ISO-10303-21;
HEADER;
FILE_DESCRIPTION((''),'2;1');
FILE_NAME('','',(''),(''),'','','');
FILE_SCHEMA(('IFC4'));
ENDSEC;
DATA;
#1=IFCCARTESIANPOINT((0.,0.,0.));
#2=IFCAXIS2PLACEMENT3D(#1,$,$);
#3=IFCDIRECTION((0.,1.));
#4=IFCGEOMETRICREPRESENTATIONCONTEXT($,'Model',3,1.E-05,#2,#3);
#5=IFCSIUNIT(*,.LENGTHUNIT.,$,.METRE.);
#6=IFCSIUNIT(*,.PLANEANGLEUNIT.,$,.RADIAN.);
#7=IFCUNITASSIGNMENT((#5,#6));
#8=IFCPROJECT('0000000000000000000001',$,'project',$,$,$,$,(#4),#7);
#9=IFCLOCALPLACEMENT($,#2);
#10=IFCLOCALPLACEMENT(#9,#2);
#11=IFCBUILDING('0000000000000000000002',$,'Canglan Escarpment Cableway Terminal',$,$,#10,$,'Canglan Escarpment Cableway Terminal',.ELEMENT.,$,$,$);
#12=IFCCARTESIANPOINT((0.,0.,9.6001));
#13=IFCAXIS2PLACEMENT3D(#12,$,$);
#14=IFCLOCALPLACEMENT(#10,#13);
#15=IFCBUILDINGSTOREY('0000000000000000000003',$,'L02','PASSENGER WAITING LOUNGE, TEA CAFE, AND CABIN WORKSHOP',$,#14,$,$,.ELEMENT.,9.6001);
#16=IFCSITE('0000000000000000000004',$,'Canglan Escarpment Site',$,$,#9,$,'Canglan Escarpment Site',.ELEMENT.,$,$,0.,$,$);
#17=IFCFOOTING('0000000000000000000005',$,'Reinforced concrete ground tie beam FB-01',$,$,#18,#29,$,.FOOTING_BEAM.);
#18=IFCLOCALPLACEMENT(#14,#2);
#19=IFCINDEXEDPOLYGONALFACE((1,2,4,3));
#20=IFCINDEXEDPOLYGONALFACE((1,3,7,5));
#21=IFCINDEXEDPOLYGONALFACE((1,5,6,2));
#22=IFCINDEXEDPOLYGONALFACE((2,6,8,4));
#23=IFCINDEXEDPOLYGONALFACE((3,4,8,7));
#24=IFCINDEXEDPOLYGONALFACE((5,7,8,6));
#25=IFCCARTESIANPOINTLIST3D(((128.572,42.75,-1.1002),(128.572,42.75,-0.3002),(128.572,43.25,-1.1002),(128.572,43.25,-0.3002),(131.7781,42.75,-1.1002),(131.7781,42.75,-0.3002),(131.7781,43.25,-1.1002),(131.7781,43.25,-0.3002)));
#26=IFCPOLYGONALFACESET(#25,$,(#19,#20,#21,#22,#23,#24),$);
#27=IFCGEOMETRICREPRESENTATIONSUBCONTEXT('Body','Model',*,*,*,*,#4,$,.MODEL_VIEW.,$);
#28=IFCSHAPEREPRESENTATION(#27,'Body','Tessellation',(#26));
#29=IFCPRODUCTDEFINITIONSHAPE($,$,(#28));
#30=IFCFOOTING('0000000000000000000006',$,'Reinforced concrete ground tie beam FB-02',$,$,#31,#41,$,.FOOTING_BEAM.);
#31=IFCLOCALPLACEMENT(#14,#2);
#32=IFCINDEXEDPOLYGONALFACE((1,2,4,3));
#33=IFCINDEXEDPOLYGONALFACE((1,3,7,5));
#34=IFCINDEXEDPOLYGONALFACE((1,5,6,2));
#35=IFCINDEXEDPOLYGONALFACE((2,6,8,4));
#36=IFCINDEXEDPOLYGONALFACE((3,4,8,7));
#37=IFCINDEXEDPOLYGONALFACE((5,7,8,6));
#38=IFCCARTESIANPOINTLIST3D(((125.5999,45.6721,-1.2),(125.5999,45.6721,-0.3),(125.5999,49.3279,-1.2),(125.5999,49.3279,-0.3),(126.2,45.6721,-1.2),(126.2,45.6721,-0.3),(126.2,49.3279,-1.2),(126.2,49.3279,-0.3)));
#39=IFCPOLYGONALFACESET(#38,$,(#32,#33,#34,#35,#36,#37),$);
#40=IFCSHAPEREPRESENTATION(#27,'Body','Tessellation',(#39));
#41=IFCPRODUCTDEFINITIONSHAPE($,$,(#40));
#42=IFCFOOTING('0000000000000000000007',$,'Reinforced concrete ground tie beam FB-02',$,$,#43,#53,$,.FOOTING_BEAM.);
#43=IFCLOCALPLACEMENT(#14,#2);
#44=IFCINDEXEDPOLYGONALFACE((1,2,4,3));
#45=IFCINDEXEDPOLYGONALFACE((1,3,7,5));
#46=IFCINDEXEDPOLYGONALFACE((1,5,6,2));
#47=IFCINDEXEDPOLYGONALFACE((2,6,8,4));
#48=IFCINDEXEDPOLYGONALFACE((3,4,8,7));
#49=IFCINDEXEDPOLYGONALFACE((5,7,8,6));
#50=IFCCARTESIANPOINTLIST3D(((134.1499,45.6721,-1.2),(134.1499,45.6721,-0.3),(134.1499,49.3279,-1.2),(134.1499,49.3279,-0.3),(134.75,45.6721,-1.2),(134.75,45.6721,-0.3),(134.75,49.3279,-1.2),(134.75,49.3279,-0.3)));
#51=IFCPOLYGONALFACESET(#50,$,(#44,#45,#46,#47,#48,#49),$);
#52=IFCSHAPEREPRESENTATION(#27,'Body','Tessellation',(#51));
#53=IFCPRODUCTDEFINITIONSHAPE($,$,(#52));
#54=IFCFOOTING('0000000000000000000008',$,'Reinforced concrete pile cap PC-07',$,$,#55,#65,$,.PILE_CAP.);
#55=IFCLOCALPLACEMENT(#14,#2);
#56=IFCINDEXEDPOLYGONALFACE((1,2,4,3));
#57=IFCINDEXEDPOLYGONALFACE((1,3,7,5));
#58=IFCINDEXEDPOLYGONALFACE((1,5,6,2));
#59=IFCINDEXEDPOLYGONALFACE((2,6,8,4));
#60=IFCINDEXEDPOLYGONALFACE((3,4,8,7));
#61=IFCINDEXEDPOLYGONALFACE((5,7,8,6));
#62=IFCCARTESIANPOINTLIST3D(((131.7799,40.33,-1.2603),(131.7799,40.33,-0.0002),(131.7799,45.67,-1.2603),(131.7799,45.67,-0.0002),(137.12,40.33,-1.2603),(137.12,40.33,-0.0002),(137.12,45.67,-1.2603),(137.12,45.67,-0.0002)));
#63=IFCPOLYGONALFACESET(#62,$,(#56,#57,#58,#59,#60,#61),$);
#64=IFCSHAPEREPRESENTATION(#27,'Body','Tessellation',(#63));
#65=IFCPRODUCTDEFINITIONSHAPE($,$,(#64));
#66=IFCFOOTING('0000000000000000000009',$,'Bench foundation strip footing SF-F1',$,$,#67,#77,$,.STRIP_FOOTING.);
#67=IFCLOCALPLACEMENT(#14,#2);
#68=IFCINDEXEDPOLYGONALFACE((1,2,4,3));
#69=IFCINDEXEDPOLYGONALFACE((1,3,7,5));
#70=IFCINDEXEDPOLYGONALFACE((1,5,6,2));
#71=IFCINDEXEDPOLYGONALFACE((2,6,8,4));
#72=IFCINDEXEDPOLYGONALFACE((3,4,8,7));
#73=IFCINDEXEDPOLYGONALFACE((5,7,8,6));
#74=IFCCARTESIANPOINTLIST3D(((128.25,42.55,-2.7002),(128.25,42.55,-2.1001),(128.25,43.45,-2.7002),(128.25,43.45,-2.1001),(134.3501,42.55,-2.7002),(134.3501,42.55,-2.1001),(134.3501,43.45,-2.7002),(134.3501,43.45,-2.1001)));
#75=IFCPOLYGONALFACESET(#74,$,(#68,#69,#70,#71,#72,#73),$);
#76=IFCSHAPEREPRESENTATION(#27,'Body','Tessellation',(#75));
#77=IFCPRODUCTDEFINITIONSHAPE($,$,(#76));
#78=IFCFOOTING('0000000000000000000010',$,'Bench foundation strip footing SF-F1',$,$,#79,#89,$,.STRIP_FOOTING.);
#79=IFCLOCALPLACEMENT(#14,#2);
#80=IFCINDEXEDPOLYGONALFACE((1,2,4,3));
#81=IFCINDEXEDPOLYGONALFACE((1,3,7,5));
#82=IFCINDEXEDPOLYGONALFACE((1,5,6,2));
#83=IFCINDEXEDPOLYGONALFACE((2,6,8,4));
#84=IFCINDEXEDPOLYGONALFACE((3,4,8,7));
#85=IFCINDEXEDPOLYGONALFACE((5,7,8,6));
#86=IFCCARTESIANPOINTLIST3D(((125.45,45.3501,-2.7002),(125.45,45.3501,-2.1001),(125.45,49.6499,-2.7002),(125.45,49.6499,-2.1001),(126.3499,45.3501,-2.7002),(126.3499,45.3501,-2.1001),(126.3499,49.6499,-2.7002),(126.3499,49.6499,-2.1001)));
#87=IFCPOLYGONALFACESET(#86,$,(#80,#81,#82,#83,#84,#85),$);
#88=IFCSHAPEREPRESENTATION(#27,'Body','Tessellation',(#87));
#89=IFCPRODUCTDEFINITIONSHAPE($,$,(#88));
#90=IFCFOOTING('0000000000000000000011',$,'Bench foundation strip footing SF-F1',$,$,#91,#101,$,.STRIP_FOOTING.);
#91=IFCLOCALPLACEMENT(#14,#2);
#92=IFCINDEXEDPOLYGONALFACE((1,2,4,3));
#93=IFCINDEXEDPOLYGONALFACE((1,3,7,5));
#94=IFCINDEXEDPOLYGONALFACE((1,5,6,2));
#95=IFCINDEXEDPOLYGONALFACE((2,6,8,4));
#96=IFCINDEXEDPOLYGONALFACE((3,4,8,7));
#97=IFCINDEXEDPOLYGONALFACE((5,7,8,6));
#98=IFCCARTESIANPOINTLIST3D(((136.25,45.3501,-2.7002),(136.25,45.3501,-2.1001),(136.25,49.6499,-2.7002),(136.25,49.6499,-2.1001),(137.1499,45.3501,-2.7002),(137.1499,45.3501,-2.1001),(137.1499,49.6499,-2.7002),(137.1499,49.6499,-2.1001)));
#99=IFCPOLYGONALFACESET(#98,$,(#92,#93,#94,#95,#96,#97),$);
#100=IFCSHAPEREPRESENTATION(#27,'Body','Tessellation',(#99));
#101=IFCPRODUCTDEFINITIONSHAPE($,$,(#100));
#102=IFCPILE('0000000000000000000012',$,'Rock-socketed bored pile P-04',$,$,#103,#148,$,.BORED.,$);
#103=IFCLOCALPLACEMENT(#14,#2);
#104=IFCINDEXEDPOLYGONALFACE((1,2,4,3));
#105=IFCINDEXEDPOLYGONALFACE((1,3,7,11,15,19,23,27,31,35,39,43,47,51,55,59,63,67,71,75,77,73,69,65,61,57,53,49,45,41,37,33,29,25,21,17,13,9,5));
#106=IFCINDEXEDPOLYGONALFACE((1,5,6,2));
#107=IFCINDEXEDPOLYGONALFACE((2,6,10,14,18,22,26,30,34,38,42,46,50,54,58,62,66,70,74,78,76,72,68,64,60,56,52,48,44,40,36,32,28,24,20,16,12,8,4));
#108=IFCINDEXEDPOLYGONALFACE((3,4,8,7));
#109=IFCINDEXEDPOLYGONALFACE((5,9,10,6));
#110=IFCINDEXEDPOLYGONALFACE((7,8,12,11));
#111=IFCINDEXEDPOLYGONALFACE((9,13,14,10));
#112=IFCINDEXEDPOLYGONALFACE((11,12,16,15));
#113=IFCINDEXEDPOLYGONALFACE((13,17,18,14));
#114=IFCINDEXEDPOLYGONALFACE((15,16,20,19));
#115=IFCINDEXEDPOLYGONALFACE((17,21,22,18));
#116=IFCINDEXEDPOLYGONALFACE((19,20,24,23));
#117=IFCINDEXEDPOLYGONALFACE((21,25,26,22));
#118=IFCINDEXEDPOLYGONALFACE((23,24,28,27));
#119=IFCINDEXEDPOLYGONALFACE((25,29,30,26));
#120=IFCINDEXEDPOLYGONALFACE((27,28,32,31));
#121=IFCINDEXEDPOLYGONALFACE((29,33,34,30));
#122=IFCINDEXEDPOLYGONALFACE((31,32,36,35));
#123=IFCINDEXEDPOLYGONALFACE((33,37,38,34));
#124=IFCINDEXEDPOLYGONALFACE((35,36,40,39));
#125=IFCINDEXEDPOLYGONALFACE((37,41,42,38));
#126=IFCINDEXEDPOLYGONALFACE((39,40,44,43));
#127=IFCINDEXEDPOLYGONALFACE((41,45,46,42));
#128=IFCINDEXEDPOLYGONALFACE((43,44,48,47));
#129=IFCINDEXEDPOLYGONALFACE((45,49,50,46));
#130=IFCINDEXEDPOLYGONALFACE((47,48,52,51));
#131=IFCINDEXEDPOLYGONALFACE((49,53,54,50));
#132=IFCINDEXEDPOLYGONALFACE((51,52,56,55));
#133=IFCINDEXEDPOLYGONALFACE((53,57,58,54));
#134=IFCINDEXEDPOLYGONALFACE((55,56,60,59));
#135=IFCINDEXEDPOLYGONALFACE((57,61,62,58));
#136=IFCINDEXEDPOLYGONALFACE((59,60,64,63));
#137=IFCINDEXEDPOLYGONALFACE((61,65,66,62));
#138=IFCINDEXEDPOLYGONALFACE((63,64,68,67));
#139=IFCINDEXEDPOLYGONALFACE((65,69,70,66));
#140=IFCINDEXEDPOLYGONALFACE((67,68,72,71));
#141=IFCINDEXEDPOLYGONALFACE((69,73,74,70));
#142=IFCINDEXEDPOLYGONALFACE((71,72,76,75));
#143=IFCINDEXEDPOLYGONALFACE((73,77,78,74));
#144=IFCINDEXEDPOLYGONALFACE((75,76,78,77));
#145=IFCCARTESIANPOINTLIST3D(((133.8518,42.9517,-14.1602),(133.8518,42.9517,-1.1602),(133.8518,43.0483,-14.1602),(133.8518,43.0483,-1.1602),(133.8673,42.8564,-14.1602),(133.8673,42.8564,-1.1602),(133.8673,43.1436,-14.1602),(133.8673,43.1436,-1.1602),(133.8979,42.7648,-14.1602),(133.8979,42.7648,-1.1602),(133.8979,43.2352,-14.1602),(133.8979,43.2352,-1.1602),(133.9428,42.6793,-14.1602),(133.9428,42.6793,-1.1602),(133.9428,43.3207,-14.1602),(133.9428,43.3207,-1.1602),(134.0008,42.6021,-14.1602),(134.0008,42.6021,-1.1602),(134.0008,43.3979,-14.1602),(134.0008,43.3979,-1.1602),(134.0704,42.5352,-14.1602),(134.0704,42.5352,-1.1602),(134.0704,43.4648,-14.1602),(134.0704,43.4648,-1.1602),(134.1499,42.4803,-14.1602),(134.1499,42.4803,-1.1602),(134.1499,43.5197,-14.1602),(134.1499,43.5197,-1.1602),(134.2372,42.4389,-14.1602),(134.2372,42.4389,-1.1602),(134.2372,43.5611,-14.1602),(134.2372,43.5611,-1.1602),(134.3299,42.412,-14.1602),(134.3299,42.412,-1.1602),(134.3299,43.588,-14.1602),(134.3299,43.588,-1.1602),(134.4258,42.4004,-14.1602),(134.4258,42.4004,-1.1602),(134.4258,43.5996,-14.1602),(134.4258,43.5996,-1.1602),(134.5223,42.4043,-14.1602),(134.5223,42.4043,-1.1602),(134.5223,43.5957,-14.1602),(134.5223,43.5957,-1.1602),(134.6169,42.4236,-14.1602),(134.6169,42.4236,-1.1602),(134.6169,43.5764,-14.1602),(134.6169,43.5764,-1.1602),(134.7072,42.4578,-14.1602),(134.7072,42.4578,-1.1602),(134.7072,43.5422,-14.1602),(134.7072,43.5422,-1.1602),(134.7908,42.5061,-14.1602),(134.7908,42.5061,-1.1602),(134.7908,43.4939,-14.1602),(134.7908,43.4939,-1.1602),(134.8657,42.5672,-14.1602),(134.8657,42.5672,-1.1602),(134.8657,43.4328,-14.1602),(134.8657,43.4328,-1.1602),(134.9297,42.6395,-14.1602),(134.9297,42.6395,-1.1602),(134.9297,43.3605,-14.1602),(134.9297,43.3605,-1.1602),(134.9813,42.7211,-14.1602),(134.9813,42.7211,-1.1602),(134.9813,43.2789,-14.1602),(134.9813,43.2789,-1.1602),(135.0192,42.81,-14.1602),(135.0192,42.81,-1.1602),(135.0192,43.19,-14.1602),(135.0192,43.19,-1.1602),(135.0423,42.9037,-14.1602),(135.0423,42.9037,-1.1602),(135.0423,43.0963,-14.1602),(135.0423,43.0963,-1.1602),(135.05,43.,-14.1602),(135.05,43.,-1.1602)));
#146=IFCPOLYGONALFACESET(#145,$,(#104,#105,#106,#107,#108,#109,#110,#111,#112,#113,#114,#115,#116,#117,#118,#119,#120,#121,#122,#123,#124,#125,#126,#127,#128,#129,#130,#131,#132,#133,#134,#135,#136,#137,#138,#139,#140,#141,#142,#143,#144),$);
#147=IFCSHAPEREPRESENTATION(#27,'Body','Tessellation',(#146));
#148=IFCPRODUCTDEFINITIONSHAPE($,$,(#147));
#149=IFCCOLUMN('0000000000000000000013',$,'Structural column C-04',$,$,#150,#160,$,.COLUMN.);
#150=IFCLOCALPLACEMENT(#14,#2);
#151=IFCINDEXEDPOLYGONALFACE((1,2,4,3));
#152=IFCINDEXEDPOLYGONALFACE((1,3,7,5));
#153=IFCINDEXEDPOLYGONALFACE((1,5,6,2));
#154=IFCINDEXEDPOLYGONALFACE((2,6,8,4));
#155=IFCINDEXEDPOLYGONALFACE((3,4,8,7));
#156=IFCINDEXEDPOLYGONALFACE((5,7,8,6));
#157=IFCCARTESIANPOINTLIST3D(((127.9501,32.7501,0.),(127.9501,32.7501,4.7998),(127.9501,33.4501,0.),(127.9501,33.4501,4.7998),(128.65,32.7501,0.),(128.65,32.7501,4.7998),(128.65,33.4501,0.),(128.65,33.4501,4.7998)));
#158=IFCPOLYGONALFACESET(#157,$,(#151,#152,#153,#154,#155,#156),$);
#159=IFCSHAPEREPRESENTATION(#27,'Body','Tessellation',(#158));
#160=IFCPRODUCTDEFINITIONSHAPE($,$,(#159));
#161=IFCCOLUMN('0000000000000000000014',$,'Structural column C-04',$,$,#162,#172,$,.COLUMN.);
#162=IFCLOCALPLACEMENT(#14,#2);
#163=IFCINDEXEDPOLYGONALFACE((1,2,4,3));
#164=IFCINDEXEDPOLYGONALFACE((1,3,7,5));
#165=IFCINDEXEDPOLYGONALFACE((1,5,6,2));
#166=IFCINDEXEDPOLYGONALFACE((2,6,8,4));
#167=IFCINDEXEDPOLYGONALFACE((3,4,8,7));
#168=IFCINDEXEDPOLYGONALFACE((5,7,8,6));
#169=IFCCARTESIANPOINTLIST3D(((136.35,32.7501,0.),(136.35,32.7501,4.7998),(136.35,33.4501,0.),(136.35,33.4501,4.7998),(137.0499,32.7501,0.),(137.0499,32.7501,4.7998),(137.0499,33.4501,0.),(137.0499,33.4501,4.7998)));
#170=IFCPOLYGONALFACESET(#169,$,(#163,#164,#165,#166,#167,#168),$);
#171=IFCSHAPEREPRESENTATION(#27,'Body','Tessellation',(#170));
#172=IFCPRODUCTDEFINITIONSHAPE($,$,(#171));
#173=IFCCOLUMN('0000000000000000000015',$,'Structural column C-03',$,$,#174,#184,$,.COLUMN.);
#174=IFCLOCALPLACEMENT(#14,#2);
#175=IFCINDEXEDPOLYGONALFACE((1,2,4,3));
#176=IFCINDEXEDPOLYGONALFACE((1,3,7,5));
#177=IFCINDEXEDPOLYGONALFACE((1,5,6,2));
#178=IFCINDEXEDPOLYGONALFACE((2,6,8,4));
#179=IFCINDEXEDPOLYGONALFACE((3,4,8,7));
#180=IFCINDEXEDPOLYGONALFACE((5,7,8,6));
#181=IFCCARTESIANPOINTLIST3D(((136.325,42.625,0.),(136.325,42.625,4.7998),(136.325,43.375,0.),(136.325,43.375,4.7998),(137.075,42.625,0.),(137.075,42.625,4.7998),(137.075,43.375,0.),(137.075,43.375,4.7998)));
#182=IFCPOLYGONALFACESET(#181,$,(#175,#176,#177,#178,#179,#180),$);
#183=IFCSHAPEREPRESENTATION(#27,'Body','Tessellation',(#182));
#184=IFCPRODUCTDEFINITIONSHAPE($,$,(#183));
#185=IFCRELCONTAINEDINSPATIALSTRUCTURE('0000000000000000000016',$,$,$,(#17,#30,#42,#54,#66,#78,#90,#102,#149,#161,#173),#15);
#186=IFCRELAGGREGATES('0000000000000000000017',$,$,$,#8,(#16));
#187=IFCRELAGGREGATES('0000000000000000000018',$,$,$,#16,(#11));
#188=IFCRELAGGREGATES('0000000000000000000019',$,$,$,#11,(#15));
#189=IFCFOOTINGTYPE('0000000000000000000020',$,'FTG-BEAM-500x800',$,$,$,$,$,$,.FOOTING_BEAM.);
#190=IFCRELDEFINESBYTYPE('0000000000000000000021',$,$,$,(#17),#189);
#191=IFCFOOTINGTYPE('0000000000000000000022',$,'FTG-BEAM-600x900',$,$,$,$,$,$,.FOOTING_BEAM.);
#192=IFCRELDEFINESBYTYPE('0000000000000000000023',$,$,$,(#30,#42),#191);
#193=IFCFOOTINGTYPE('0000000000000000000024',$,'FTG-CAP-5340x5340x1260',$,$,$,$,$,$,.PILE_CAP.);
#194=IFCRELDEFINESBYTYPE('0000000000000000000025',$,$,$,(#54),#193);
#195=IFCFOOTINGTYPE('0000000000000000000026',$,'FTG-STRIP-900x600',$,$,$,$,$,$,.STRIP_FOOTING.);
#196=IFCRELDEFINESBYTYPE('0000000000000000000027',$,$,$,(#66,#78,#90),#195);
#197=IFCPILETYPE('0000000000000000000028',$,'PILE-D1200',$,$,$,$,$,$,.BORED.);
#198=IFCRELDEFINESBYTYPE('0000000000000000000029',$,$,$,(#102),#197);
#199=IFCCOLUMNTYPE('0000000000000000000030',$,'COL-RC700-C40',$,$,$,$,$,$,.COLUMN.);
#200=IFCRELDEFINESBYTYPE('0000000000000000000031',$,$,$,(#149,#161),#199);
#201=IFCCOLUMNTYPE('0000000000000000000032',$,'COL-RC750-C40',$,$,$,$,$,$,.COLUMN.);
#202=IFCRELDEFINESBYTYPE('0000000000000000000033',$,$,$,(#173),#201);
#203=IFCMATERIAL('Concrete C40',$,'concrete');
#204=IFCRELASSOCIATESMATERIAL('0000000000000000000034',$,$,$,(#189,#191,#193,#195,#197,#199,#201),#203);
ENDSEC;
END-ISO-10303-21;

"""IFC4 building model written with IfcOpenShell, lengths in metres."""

from ifc_helpers import new_model, si_unit, direction, frame, origin, origin_2d, place, context, subcontext, project, spatial, rectangle, circle, extrude, material, material_profile, profile_set, type_object, element, save


model = new_model("IFC4")

# Units and contexts
model_context = context("Model", 3, precision=1e-05, world=origin(), true_north=direction((0.0, 1.0)))
body_context = subcontext(model_context, "Body", "Model", "MODEL_VIEW")
ifc_project = project(units=[si_unit("LENGTHUNIT", "METRE"), si_unit("PLANEANGLEUNIT", "RADIAN")], contexts=[model_context])

# Site, building, storey
site_placement = place(None, origin())
site = spatial("IfcSite", under=ifc_project, at=site_placement, Name="Canglan Escarpment Site", LongName="Canglan Escarpment Site", CompositionType="ELEMENT", RefElevation=0.0)
building_placement = place(site_placement, origin())
building = spatial("IfcBuilding", under=site, at=building_placement, Name="Canglan Escarpment Cableway Terminal", LongName="Canglan Escarpment Cableway Terminal", CompositionType="ELEMENT")
storey_placement = place(building_placement, frame((0.0, 0.0, 9.6001)))
storey = spatial("IfcBuildingStorey", under=building, at=storey_placement, Name="L02", Description="PASSENGER WAITING LOUNGE, TEA CAFE, AND CABIN WORKSHOP", CompositionType="ELEMENT", Elevation=9.6001)

# Footings
ifc_material_1 = material(Name="Concrete C40", Category="concrete")
ifc_material_profile_1 = material_profile(ifc_material_1, rectangle(XDim=0.5, YDim=0.8, at=origin_2d()), Name="FB 500x800")
ifc_profile_set_1 = profile_set([ifc_material_profile_1], Name="Concrete C40")
footing_type_1 = type_object("IfcFootingType", Name="FTG-BEAM-500x800", PredefinedType="FOOTING_BEAM", material=ifc_profile_set_1)
footing_1_placement = place(storey_placement, frame((128.572, 43.0, -0.7002), z_axis=(1.0, 0.0, 0.0), x_axis=(0.0, 1.0, 0.0)))
element("IfcFooting", 1, at=footing_1_placement, inside=storey, type_object=footing_type_1, Name="Reinforced concrete ground tie beam FB-01", PredefinedType="FOOTING_BEAM", context=body_context, shape_type="SweptSolid", body=[
    extrude(rectangle(XDim=0.5, YDim=0.8, at=origin_2d()), origin(), (0.0, 0.0, 1.0), 3.2061),
])
ifc_material_profile_2 = material_profile(ifc_material_1, rectangle(XDim=0.6001, YDim=0.8999, at=origin_2d()), Name="FB 600x900")
ifc_profile_set_2 = profile_set([ifc_material_profile_2], Name="Concrete C40")
footing_type_2 = type_object("IfcFootingType", Name="FTG-BEAM-600x900", PredefinedType="FOOTING_BEAM", material=ifc_profile_set_2)
for number, where, z_axis, x_axis, name in (
    (2, (125.8999, 45.6721, -0.75), (0.0, 1.0, 0.0), (-1.0, 0.0, 0.0), "Reinforced concrete ground tie beam FB-02"),
    (3, (134.45, 45.6721, -0.75), (0.0, 1.0, 0.0), (-1.0, 0.0, 0.0), "Reinforced concrete ground tie beam FB-02"),
):
    element("IfcFooting", number, at=place(storey_placement, frame(where, z_axis=z_axis, x_axis=x_axis)), inside=storey, type_object=footing_type_2, Name=name, PredefinedType="FOOTING_BEAM", context=body_context, shape_type="SweptSolid", body=[
        extrude(rectangle(XDim=0.6001, YDim=0.8999, at=origin_2d()), origin(), (0.0, 0.0, 1.0), 3.6558),
    ])
footing_type_3 = type_object("IfcFootingType", Name="FTG-CAP-5340x5340x1260", PredefinedType="PILE_CAP", material=ifc_material_1)
footing_2_placement = place(storey_placement, frame((134.45, 43.0, -1.2603), z_axis=(0.0, 0.0, 1.0), x_axis=(1.0, 0.0, 0.0)))
element("IfcFooting", 4, at=footing_2_placement, inside=storey, type_object=footing_type_3, Name="Reinforced concrete pile cap PC-07", PredefinedType="PILE_CAP", context=body_context, shape_type="SweptSolid", body=[
    extrude(rectangle(XDim=5.3401, YDim=5.3401, at=origin_2d()), origin(), (0.0, 0.0, 1.0), 1.26),
])
ifc_material_profile_3 = material_profile(ifc_material_1, rectangle(XDim=0.8999, YDim=0.6001, at=origin_2d()), Name="SF 900x600")
ifc_profile_set_3 = profile_set([ifc_material_profile_3], Name="Concrete C40")
footing_type_4 = type_object("IfcFootingType", Name="FTG-STRIP-900x600", PredefinedType="STRIP_FOOTING", material=ifc_profile_set_3)
footing_3_placement = place(storey_placement, frame((128.25, 43.0, -2.4001), z_axis=(1.0, 0.0, 0.0), x_axis=(0.0, 1.0, 0.0)))
element("IfcFooting", 5, at=footing_3_placement, inside=storey, type_object=footing_type_4, Name="Bench foundation strip footing SF-F1", PredefinedType="STRIP_FOOTING", context=body_context, shape_type="SweptSolid", body=[
    extrude(rectangle(XDim=0.8999, YDim=0.6001, at=origin_2d()), origin(), (0.0, 0.0, 1.0), 6.1001),
])
for number, where, z_axis, x_axis, name in (
    (6, (125.8999, 45.3501, -2.4001), (0.0, 1.0, 0.0), (-1.0, 0.0, 0.0), "Bench foundation strip footing SF-F1"),
    (7, (136.7, 45.3501, -2.4001), (0.0, 1.0, 0.0), (-1.0, 0.0, 0.0), "Bench foundation strip footing SF-F1"),
):
    element("IfcFooting", number, at=place(storey_placement, frame(where, z_axis=z_axis, x_axis=x_axis)), inside=storey, type_object=footing_type_4, Name=name, PredefinedType="STRIP_FOOTING", context=body_context, shape_type="SweptSolid", body=[
        extrude(rectangle(XDim=0.8999, YDim=0.6001, at=origin_2d()), origin(), (0.0, 0.0, 1.0), 4.2998),
    ])

# Pile
ifc_material_profile_4 = material_profile(ifc_material_1, circle(Radius=0.6001, at=origin_2d()), Name="BORED PILE D1200")
ifc_profile_set_4 = profile_set([ifc_material_profile_4], Name="Concrete C40")
pile_type = type_object("IfcPileType", Name="PILE-D1200", PredefinedType="BORED", material=ifc_profile_set_4)
pile_placement = place(storey_placement, frame((134.45, 43.0, -1.1602), z_axis=(0.0, 0.0, -1.0), x_axis=(1.0, 0.0, 0.0)))
element("IfcPile", 8, at=pile_placement, inside=storey, type_object=pile_type, Name="Rock-socketed bored pile P-04", PredefinedType="BORED", context=body_context, shape_type="SweptSolid", body=[
    extrude(circle(Radius=0.6001, at=origin_2d()), origin(), (0.0, 0.0, 1.0), 13.0),
])

# Columns
ifc_material_profile_5 = material_profile(ifc_material_1, rectangle(XDim=0.7, YDim=0.7, at=origin_2d()), Name="RC 700x700")
ifc_profile_set_5 = profile_set([ifc_material_profile_5], Name="Concrete C40")
column_type_1 = type_object("IfcColumnType", Name="COL-RC700-C40", PredefinedType="COLUMN", material=ifc_profile_set_5)
for number, where, z_axis, x_axis, name in (
    (9, (128.3, 33.1001, 0.0), (0.0, 0.0, 1.0), (1.0, 0.0, 0.0), "Structural column C-04"),
    (10, (136.7, 33.1001, 0.0), (0.0, 0.0, 1.0), (1.0, 0.0, 0.0), "Structural column C-04"),
):
    element("IfcColumn", number, at=place(storey_placement, frame(where, z_axis=z_axis, x_axis=x_axis)), inside=storey, type_object=column_type_1, Name=name, PredefinedType="COLUMN", context=body_context, shape_type="SweptSolid", body=[
        extrude(rectangle(XDim=0.7, YDim=0.7, at=origin_2d()), origin(), (0.0, 0.0, 1.0), 4.7998),
    ])
ifc_material_profile_6 = material_profile(ifc_material_1, rectangle(XDim=0.75, YDim=0.75, at=origin_2d()), Name="RC 750x750")
ifc_profile_set_6 = profile_set([ifc_material_profile_6], Name="Concrete C40")
column_type_2 = type_object("IfcColumnType", Name="COL-RC750-C40", PredefinedType="COLUMN", material=ifc_profile_set_6)
column_placement = place(storey_placement, frame((136.7, 43.0, 0.0), z_axis=(0.0, 0.0, 1.0), x_axis=(1.0, 0.0, 0.0)))
element("IfcColumn", 11, at=column_placement, inside=storey, type_object=column_type_2, Name="Structural column C-03", PredefinedType="COLUMN", context=body_context, shape_type="SweptSolid", body=[
    extrude(rectangle(XDim=0.75, YDim=0.75, at=origin_2d()), origin(), (0.0, 0.0, 1.0), 4.7998),
])

save(model, "model.ifc")
